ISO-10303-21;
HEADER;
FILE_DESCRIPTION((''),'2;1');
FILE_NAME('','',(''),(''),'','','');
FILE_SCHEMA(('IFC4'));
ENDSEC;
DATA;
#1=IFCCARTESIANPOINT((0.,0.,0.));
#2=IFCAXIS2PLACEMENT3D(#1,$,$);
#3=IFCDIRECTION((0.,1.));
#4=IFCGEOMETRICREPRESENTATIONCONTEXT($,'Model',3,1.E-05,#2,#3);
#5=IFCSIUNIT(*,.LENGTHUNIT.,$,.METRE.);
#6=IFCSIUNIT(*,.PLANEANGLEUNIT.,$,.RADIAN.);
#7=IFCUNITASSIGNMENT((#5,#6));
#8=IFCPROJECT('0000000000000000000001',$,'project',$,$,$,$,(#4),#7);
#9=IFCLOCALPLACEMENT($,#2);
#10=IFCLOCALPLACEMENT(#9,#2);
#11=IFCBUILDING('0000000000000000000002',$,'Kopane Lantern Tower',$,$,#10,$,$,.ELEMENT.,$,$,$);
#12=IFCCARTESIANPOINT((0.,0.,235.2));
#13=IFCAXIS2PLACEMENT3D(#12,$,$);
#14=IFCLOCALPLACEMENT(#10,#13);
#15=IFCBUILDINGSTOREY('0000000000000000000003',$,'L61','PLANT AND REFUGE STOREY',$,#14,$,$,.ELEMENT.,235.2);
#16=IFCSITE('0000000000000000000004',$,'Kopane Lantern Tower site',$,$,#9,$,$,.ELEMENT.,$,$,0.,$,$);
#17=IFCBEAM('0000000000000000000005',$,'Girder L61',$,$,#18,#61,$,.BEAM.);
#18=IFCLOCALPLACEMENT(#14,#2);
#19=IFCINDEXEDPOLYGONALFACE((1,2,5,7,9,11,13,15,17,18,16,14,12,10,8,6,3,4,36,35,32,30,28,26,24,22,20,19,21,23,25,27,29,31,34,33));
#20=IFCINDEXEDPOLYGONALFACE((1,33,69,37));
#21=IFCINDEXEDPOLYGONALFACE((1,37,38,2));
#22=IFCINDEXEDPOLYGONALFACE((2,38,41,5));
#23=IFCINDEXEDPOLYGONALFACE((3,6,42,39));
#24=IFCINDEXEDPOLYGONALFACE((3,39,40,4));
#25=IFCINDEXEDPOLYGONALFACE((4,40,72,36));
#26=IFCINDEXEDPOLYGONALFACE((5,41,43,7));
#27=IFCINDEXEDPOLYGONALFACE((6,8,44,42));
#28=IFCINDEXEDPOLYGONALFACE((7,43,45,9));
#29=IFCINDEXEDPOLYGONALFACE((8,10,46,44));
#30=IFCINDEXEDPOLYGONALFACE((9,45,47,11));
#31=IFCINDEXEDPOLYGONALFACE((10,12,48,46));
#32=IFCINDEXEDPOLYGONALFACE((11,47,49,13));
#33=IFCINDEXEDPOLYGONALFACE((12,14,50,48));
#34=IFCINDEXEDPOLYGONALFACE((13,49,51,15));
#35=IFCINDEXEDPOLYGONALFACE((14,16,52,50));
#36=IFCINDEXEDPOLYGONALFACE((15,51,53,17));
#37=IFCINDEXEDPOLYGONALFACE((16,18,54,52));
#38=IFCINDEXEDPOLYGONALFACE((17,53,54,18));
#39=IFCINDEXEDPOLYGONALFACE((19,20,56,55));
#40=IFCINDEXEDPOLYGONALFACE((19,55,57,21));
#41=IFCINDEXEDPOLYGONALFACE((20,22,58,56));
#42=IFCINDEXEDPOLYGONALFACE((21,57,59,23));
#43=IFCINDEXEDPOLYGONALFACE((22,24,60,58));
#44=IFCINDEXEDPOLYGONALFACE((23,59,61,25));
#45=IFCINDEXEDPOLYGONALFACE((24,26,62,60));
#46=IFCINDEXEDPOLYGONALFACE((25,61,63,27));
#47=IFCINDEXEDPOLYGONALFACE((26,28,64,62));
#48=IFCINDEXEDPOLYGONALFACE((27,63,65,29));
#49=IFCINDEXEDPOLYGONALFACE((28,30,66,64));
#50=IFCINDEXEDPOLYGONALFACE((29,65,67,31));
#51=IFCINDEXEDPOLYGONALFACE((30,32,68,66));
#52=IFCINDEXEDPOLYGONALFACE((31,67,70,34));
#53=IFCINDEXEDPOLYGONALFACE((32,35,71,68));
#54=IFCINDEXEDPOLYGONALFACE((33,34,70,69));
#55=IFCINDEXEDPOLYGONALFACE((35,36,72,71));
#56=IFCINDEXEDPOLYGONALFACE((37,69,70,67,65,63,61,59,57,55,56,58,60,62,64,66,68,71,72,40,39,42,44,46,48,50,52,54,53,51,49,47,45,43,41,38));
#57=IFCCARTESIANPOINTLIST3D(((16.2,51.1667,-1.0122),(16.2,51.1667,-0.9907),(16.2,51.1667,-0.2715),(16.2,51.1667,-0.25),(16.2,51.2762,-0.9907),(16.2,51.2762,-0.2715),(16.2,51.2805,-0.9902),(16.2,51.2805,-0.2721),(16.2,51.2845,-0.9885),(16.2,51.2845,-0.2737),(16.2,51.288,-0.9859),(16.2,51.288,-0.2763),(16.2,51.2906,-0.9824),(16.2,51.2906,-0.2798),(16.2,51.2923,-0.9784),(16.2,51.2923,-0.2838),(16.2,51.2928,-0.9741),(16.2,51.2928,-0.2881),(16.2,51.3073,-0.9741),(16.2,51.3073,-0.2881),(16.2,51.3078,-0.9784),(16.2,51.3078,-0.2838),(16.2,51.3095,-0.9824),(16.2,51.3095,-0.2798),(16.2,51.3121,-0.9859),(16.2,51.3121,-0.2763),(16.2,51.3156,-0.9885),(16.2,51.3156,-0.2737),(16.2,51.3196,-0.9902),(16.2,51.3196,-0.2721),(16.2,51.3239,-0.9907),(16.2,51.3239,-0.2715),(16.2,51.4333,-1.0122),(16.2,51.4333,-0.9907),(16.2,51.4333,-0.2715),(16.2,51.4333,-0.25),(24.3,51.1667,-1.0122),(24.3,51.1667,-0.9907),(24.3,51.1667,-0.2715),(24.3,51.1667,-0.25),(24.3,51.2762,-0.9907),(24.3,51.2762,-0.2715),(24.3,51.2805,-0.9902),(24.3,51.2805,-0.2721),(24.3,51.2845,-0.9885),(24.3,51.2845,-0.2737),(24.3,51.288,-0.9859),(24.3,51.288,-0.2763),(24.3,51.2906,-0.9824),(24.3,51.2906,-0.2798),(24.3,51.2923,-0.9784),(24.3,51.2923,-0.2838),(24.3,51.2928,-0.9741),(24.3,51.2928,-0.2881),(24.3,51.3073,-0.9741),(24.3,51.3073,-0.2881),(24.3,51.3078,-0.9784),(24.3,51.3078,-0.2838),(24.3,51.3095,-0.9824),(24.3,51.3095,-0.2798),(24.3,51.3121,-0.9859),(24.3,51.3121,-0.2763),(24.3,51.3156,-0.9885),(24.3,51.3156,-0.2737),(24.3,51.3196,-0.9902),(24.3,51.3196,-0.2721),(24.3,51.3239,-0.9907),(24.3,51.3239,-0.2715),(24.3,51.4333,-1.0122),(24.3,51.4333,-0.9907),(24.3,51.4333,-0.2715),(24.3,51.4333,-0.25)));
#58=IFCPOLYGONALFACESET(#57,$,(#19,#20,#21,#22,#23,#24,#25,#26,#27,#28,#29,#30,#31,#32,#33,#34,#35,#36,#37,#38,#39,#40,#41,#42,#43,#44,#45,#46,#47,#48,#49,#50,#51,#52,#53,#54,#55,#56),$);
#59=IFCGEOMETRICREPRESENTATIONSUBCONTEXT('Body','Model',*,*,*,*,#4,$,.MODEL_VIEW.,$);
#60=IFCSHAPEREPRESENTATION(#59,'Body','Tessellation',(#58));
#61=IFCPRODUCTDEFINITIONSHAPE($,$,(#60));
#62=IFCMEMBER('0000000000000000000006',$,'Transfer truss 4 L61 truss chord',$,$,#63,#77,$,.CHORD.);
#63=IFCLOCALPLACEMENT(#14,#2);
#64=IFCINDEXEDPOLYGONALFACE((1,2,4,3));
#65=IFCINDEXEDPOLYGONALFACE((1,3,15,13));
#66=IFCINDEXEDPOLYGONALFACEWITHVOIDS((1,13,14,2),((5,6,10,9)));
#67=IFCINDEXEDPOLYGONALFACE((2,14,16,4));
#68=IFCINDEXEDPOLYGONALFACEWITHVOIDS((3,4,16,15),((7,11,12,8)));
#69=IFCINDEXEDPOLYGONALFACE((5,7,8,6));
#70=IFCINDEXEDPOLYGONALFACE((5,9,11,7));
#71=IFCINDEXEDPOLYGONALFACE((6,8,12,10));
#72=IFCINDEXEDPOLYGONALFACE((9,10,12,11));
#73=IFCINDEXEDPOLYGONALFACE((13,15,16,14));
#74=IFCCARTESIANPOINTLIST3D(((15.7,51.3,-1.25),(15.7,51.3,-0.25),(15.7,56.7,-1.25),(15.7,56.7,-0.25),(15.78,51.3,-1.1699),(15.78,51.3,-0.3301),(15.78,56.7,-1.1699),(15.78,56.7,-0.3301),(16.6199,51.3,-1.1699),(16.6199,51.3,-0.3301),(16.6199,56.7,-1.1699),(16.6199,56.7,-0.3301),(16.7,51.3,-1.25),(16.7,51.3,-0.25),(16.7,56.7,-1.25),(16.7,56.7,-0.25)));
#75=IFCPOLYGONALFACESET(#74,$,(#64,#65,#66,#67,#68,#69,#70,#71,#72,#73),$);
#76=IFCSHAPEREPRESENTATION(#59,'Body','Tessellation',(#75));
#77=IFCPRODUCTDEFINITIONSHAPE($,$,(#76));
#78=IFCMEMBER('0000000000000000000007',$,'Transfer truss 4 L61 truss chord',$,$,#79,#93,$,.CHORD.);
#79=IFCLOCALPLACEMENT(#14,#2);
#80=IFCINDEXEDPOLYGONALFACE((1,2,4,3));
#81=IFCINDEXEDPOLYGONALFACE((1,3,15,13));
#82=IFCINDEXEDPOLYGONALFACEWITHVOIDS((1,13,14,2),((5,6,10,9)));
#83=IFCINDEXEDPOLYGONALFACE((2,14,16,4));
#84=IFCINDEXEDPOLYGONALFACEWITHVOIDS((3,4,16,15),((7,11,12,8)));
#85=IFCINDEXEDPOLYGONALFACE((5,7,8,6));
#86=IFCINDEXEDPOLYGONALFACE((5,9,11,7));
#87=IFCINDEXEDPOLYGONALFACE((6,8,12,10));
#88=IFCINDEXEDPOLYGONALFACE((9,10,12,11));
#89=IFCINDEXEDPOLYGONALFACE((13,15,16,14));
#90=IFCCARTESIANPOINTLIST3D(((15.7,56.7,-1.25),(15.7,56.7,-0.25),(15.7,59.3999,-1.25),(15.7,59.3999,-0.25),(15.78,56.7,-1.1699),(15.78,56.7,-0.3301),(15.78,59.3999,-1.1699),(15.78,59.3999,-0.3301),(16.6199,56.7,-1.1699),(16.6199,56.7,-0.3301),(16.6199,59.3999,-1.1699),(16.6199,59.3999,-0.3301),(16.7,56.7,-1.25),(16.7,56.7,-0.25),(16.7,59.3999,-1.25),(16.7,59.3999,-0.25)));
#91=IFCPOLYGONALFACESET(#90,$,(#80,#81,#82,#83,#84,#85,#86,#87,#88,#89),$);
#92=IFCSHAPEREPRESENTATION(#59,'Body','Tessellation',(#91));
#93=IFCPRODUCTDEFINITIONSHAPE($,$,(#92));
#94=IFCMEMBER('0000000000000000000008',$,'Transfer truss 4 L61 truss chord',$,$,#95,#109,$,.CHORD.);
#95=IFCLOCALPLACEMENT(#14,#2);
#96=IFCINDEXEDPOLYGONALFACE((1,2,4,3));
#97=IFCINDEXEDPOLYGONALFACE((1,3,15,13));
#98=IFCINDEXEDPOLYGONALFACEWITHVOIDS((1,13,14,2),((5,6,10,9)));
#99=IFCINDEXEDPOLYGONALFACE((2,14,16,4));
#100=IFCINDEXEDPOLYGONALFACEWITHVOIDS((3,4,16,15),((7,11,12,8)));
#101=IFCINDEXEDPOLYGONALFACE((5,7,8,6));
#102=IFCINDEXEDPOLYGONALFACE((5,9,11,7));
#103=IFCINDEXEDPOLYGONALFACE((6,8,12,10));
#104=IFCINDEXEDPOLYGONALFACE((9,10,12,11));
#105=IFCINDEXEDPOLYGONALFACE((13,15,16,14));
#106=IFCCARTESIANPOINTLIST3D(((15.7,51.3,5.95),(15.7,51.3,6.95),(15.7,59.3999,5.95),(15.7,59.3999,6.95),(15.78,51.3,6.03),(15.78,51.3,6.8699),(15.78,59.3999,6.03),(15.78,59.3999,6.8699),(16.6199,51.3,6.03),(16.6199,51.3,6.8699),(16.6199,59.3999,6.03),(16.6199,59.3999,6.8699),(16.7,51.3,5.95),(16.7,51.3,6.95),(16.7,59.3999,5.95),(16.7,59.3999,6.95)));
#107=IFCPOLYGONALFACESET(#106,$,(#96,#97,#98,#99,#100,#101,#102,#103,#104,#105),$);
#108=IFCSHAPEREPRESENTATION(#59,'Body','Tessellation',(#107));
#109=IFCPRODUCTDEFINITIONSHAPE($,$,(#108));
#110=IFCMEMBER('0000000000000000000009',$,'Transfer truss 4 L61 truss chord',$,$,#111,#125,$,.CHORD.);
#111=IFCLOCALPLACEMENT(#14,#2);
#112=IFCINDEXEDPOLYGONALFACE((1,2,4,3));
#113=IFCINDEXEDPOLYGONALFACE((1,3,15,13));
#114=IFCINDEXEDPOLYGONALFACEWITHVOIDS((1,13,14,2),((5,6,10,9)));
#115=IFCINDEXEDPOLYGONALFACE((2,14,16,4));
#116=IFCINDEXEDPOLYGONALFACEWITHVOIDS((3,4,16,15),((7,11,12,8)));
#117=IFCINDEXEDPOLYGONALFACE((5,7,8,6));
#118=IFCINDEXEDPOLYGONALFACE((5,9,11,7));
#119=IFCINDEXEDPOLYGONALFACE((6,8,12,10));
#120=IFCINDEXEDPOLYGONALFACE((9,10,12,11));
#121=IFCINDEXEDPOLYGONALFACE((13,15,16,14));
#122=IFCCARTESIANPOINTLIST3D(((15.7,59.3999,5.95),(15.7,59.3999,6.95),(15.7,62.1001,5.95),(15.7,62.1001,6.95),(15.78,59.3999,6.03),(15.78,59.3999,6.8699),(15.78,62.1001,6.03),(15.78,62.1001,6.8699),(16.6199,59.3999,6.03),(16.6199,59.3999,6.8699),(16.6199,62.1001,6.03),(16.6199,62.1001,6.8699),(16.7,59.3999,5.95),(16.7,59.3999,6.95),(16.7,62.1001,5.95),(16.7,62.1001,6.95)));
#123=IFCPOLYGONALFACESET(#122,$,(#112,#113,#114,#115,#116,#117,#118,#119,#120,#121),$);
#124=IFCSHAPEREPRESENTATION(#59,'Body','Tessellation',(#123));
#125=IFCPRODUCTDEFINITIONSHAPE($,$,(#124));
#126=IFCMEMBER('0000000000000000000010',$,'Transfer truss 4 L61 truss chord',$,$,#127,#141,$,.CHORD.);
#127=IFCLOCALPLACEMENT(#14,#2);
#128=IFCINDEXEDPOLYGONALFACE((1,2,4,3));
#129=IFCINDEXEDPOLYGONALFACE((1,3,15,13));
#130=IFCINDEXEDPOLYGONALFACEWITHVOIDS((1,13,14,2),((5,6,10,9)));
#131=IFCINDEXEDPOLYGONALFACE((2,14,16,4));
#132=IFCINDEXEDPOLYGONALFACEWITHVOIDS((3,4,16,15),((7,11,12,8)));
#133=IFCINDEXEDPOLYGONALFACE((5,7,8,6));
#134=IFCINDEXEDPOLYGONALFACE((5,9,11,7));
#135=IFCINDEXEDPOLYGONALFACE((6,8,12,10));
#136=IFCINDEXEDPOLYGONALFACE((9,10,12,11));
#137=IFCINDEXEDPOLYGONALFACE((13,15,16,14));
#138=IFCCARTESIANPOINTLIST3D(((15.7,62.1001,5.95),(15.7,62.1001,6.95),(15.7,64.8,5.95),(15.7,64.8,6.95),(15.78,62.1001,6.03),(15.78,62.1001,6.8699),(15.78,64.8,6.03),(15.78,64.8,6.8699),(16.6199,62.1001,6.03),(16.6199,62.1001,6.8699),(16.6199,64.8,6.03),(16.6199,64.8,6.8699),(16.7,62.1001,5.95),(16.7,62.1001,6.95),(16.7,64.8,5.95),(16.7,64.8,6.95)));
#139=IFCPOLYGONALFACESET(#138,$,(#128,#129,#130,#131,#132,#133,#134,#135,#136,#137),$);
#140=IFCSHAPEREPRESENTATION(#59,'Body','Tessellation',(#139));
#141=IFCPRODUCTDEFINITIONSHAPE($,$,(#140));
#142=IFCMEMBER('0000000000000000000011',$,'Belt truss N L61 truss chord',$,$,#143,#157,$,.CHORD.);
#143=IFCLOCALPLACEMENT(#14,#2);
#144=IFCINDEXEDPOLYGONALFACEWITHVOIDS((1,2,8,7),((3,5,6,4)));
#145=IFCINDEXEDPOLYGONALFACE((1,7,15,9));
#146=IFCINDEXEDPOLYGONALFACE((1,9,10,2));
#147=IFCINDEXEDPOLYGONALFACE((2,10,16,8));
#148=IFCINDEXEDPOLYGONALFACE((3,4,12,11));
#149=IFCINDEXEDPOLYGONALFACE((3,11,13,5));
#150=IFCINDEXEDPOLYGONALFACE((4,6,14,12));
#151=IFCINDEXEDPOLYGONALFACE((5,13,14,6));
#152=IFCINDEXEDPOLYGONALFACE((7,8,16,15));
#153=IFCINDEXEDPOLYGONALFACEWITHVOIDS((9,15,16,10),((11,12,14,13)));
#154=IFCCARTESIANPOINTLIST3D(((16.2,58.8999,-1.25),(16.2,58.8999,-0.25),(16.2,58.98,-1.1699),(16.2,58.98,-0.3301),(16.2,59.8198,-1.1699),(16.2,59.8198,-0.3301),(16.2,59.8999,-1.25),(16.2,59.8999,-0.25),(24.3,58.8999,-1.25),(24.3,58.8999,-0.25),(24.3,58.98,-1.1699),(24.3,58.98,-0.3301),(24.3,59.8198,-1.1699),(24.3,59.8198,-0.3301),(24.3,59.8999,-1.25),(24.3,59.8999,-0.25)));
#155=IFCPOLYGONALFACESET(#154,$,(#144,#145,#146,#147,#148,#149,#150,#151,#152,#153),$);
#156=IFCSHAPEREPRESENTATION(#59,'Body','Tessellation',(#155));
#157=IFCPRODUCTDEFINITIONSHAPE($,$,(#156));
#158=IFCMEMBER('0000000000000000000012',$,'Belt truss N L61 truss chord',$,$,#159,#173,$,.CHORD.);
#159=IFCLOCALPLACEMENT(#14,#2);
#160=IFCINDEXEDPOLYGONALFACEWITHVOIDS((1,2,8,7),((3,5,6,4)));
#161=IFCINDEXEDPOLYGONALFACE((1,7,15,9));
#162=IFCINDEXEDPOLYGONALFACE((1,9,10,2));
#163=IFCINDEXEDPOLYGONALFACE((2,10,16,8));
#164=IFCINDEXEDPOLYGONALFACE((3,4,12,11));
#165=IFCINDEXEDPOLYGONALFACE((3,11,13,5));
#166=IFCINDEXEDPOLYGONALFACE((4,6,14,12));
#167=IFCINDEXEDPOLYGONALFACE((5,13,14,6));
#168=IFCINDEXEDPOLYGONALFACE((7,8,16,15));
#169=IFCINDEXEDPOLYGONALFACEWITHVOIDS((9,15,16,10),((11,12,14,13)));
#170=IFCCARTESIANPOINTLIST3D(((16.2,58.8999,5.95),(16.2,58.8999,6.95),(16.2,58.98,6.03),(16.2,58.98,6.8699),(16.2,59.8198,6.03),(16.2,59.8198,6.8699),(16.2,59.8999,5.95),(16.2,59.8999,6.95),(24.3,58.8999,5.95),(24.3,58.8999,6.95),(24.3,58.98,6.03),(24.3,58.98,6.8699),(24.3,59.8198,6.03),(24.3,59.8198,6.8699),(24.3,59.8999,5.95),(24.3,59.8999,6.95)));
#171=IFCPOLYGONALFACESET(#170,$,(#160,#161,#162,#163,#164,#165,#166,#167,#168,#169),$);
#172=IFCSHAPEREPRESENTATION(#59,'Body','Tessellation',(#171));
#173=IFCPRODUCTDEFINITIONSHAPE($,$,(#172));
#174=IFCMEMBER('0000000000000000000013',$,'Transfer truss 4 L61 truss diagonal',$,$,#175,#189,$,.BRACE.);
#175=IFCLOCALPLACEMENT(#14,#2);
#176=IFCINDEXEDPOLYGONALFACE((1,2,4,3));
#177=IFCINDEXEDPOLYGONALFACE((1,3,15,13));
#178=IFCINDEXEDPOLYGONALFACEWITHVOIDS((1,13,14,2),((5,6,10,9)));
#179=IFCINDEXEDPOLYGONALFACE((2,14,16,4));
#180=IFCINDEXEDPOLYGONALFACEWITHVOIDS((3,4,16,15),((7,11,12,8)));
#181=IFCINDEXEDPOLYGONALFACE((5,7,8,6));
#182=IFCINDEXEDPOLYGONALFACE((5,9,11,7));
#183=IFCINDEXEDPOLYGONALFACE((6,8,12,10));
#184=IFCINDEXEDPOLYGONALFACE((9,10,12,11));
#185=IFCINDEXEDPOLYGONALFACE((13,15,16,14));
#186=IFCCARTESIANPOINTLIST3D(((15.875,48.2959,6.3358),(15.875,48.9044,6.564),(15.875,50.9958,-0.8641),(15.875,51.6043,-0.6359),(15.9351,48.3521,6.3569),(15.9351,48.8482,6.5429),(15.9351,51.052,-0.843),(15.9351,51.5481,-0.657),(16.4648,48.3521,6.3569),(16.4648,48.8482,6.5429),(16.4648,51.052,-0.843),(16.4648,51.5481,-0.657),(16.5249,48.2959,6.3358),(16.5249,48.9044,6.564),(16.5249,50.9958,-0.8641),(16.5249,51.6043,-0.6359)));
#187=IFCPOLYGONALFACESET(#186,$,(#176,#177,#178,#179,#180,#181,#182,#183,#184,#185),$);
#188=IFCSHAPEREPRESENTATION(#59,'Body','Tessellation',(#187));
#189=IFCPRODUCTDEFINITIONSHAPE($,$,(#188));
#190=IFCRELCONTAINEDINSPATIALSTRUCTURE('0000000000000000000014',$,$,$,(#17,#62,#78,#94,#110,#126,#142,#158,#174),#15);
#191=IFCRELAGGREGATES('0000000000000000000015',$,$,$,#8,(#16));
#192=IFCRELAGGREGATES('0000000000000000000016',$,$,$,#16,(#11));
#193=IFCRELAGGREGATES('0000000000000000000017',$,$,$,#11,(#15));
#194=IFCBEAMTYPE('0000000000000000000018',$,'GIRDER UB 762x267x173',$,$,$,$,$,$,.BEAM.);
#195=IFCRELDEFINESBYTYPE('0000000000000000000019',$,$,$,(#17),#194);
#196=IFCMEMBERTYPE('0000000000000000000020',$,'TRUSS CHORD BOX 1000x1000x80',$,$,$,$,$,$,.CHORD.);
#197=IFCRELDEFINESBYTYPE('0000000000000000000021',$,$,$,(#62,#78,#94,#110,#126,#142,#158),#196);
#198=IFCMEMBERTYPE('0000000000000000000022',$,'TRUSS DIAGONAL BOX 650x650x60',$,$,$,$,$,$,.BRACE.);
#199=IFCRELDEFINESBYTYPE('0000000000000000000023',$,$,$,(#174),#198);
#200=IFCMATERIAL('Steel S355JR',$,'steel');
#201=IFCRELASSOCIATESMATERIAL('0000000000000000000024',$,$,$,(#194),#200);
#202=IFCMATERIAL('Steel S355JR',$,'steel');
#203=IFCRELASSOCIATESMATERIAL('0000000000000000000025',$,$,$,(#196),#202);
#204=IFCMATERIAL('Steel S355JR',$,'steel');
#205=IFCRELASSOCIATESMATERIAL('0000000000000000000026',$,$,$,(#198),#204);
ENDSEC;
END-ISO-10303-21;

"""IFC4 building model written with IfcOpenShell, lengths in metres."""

from ifc_helpers import new_model, si_unit, direction, frame, origin, origin_2d, place, context, subcontext, project, spatial, hollow_rectangle, i_section, extrude, material, material_profile, profile_set, type_object, element, save


model = new_model("IFC4")

# Units and contexts
model_context = context("Model", 3, precision=1e-05, world=origin(), true_north=direction((0.0, 1.0)))
body_context = subcontext(model_context, "Body", "Model", "MODEL_VIEW")
ifc_project = project(units=[si_unit("LENGTHUNIT", "METRE"), si_unit("PLANEANGLEUNIT", "RADIAN")], contexts=[model_context])

# Site, building, storey
site_placement = place(None, origin())
site = spatial("IfcSite", under=ifc_project, at=site_placement, Name="Kopane Lantern Tower site", CompositionType="ELEMENT", RefElevation=0.0)
building_placement = place(site_placement, origin())
building = spatial("IfcBuilding", under=site, at=building_placement, Name="Kopane Lantern Tower", CompositionType="ELEMENT")
storey_placement = place(building_placement, frame((0.0, 0.0, 235.2)))
storey = spatial("IfcBuildingStorey", under=building, at=storey_placement, Name="L61", Description="PLANT AND REFUGE STOREY", CompositionType="ELEMENT", Elevation=235.2)

# Beam
ifc_material_1 = material(Name="Steel S355JR", Category="steel")
ifc_material_profile_1 = material_profile(ifc_material_1, i_section(OverallWidth=0.2666, OverallDepth=0.7622, WebThickness=0.0144, FlangeThickness=0.0215, FilletRadius=0.0166, at=origin_2d()), Name="UB 762x267x173")
ifc_profile_set_1 = profile_set([ifc_material_profile_1], Name="Steel S355JR")
beam_type = type_object("IfcBeamType", Name="GIRDER UB 762x267x173", PredefinedType="BEAM", material=ifc_profile_set_1)
beam_placement = place(storey_placement, frame((16.2, 51.3, -0.6311), z_axis=(1.0, 0.0, 0.0), x_axis=(0.0, 1.0, 0.0)))
element("IfcBeam", 1, at=beam_placement, inside=storey, type_object=beam_type, Name="Girder L61", PredefinedType="BEAM", context=body_context, shape_type="SweptSolid", body=[
    extrude(i_section(OverallWidth=0.2666, OverallDepth=0.7622, WebThickness=0.0144, FlangeThickness=0.0215, FilletRadius=0.0166, at=origin_2d()), origin(), (0.0, 0.0, 1.0), 8.1001),
])

# Members
ifc_material_2 = material(Name="Steel S355JR", Category="steel")
ifc_material_profile_2 = material_profile(ifc_material_2, hollow_rectangle(XDim=1.0, YDim=1.0, WallThickness=0.0801, at=origin_2d()), Name="BOX 1000x1000x80")
ifc_profile_set_2 = profile_set([ifc_material_profile_2], Name="Steel S355JR")
member_type_1 = type_object("IfcMemberType", Name="TRUSS CHORD BOX 1000x1000x80", PredefinedType="CHORD", material=ifc_profile_set_2)
member_1_placement = place(storey_placement, frame((16.2, 51.3, -0.75), z_axis=(0.0, 1.0, 0.0), x_axis=(-1.0, 0.0, 0.0)))
element("IfcMember", 2, at=member_1_placement, inside=storey, type_object=member_type_1, Name="Transfer truss 4 L61 truss chord", PredefinedType="CHORD", context=body_context, shape_type="SweptSolid", body=[
    extrude(hollow_rectangle(XDim=1.0, YDim=1.0, WallThickness=0.0801, at=origin_2d()), origin(), (0.0, 0.0, 1.0), 5.3999),
])
member_2_placement = place(storey_placement, frame((16.2, 56.7, -0.75), z_axis=(0.0, 1.0, 0.0), x_axis=(-1.0, 0.0, 0.0)))
element("IfcMember", 3, at=member_2_placement, inside=storey, type_object=member_type_1, Name="Transfer truss 4 L61 truss chord", PredefinedType="CHORD", context=body_context, shape_type="SweptSolid", body=[
    extrude(hollow_rectangle(XDim=1.0, YDim=1.0, WallThickness=0.0801, at=origin_2d()), origin(), (0.0, 0.0, 1.0), 2.7),
])
member_3_placement = place(storey_placement, frame((16.2, 51.3, 6.45), z_axis=(0.0, 1.0, 0.0), x_axis=(-1.0, 0.0, 0.0)))
element("IfcMember", 4, at=member_3_placement, inside=storey, type_object=member_type_1, Name="Transfer truss 4 L61 truss chord", PredefinedType="CHORD", context=body_context, shape_type="SweptSolid", body=[
    extrude(hollow_rectangle(XDim=1.0, YDim=1.0, WallThickness=0.0801, at=origin_2d()), origin(), (0.0, 0.0, 1.0), 8.0999),
])
member_4_placement = place(storey_placement, frame((16.2, 59.3999, 6.45), z_axis=(0.0, 1.0, 0.0), x_axis=(-1.0, 0.0, 0.0)))
element("IfcMember", 5, at=member_4_placement, inside=storey, type_object=member_type_1, Name="Transfer truss 4 L61 truss chord", PredefinedType="CHORD", context=body_context, shape_type="SweptSolid", body=[
    extrude(hollow_rectangle(XDim=1.0, YDim=1.0, WallThickness=0.0801, at=origin_2d()), origin(), (0.0, 0.0, 1.0), 2.7002),
])
member_5_placement = place(storey_placement, frame((16.2, 62.1001, 6.45), z_axis=(0.0, 1.0, 0.0), x_axis=(-1.0, 0.0, 0.0)))
element("IfcMember", 6, at=member_5_placement, inside=storey, type_object=member_type_1, Name="Transfer truss 4 L61 truss chord", PredefinedType="CHORD", context=body_context, shape_type="SweptSolid", body=[
    extrude(hollow_rectangle(XDim=1.0, YDim=1.0, WallThickness=0.0801, at=origin_2d()), origin(), (0.0, 0.0, 1.0), 2.7),
])
for number, where, z_axis, x_axis, name in (
    (7, (16.2, 59.3999, -0.75), (1.0, 0.0, 0.0), (0.0, 1.0, 0.0), "Belt truss N L61 truss chord"),
    (8, (16.2, 59.3999, 6.45), (1.0, 0.0, 0.0), (0.0, 1.0, 0.0), "Belt truss N L61 truss chord"),
):
    element("IfcMember", number, at=place(storey_placement, frame(where, z_axis=z_axis, x_axis=x_axis)), inside=storey, type_object=member_type_1, Name=name, PredefinedType="CHORD", context=body_context, shape_type="SweptSolid", body=[
        extrude(hollow_rectangle(XDim=1.0, YDim=1.0, WallThickness=0.0801, at=origin_2d()), origin(), (0.0, 0.0, 1.0), 8.1001),
    ])
ifc_material_3 = material(Name="Steel S355JR", Category="steel")
ifc_material_profile_3 = material_profile(ifc_material_3, hollow_rectangle(XDim=0.6499, YDim=0.6499, WallThickness=0.0601, at=origin_2d()), Name="BOX 650x650x60")
ifc_profile_set_3 = profile_set([ifc_material_profile_3], Name="Steel S355JR")
member_type_2 = type_object("IfcMemberType", Name="TRUSS DIAGONAL BOX 650x650x60", PredefinedType="BRACE", material=ifc_profile_set_3)
member_6_placement = place(storey_placement, frame((16.2, 51.3, -0.75), z_axis=(0.0, -0.35112, 0.93633), x_axis=(1.0, 0.0, 0.0)))
element("IfcMember", 9, at=member_6_placement, inside=storey, type_object=member_type_2, Name="Transfer truss 4 L61 truss diagonal", PredefinedType="BRACE", context=body_context, shape_type="SweptSolid", body=[
    extrude(hollow_rectangle(XDim=0.6499, YDim=0.6499, WallThickness=0.0601, at=origin_2d()), origin(), (0.0, 0.0, 1.0), 7.6895),
])

save(model, "model.ifc")
